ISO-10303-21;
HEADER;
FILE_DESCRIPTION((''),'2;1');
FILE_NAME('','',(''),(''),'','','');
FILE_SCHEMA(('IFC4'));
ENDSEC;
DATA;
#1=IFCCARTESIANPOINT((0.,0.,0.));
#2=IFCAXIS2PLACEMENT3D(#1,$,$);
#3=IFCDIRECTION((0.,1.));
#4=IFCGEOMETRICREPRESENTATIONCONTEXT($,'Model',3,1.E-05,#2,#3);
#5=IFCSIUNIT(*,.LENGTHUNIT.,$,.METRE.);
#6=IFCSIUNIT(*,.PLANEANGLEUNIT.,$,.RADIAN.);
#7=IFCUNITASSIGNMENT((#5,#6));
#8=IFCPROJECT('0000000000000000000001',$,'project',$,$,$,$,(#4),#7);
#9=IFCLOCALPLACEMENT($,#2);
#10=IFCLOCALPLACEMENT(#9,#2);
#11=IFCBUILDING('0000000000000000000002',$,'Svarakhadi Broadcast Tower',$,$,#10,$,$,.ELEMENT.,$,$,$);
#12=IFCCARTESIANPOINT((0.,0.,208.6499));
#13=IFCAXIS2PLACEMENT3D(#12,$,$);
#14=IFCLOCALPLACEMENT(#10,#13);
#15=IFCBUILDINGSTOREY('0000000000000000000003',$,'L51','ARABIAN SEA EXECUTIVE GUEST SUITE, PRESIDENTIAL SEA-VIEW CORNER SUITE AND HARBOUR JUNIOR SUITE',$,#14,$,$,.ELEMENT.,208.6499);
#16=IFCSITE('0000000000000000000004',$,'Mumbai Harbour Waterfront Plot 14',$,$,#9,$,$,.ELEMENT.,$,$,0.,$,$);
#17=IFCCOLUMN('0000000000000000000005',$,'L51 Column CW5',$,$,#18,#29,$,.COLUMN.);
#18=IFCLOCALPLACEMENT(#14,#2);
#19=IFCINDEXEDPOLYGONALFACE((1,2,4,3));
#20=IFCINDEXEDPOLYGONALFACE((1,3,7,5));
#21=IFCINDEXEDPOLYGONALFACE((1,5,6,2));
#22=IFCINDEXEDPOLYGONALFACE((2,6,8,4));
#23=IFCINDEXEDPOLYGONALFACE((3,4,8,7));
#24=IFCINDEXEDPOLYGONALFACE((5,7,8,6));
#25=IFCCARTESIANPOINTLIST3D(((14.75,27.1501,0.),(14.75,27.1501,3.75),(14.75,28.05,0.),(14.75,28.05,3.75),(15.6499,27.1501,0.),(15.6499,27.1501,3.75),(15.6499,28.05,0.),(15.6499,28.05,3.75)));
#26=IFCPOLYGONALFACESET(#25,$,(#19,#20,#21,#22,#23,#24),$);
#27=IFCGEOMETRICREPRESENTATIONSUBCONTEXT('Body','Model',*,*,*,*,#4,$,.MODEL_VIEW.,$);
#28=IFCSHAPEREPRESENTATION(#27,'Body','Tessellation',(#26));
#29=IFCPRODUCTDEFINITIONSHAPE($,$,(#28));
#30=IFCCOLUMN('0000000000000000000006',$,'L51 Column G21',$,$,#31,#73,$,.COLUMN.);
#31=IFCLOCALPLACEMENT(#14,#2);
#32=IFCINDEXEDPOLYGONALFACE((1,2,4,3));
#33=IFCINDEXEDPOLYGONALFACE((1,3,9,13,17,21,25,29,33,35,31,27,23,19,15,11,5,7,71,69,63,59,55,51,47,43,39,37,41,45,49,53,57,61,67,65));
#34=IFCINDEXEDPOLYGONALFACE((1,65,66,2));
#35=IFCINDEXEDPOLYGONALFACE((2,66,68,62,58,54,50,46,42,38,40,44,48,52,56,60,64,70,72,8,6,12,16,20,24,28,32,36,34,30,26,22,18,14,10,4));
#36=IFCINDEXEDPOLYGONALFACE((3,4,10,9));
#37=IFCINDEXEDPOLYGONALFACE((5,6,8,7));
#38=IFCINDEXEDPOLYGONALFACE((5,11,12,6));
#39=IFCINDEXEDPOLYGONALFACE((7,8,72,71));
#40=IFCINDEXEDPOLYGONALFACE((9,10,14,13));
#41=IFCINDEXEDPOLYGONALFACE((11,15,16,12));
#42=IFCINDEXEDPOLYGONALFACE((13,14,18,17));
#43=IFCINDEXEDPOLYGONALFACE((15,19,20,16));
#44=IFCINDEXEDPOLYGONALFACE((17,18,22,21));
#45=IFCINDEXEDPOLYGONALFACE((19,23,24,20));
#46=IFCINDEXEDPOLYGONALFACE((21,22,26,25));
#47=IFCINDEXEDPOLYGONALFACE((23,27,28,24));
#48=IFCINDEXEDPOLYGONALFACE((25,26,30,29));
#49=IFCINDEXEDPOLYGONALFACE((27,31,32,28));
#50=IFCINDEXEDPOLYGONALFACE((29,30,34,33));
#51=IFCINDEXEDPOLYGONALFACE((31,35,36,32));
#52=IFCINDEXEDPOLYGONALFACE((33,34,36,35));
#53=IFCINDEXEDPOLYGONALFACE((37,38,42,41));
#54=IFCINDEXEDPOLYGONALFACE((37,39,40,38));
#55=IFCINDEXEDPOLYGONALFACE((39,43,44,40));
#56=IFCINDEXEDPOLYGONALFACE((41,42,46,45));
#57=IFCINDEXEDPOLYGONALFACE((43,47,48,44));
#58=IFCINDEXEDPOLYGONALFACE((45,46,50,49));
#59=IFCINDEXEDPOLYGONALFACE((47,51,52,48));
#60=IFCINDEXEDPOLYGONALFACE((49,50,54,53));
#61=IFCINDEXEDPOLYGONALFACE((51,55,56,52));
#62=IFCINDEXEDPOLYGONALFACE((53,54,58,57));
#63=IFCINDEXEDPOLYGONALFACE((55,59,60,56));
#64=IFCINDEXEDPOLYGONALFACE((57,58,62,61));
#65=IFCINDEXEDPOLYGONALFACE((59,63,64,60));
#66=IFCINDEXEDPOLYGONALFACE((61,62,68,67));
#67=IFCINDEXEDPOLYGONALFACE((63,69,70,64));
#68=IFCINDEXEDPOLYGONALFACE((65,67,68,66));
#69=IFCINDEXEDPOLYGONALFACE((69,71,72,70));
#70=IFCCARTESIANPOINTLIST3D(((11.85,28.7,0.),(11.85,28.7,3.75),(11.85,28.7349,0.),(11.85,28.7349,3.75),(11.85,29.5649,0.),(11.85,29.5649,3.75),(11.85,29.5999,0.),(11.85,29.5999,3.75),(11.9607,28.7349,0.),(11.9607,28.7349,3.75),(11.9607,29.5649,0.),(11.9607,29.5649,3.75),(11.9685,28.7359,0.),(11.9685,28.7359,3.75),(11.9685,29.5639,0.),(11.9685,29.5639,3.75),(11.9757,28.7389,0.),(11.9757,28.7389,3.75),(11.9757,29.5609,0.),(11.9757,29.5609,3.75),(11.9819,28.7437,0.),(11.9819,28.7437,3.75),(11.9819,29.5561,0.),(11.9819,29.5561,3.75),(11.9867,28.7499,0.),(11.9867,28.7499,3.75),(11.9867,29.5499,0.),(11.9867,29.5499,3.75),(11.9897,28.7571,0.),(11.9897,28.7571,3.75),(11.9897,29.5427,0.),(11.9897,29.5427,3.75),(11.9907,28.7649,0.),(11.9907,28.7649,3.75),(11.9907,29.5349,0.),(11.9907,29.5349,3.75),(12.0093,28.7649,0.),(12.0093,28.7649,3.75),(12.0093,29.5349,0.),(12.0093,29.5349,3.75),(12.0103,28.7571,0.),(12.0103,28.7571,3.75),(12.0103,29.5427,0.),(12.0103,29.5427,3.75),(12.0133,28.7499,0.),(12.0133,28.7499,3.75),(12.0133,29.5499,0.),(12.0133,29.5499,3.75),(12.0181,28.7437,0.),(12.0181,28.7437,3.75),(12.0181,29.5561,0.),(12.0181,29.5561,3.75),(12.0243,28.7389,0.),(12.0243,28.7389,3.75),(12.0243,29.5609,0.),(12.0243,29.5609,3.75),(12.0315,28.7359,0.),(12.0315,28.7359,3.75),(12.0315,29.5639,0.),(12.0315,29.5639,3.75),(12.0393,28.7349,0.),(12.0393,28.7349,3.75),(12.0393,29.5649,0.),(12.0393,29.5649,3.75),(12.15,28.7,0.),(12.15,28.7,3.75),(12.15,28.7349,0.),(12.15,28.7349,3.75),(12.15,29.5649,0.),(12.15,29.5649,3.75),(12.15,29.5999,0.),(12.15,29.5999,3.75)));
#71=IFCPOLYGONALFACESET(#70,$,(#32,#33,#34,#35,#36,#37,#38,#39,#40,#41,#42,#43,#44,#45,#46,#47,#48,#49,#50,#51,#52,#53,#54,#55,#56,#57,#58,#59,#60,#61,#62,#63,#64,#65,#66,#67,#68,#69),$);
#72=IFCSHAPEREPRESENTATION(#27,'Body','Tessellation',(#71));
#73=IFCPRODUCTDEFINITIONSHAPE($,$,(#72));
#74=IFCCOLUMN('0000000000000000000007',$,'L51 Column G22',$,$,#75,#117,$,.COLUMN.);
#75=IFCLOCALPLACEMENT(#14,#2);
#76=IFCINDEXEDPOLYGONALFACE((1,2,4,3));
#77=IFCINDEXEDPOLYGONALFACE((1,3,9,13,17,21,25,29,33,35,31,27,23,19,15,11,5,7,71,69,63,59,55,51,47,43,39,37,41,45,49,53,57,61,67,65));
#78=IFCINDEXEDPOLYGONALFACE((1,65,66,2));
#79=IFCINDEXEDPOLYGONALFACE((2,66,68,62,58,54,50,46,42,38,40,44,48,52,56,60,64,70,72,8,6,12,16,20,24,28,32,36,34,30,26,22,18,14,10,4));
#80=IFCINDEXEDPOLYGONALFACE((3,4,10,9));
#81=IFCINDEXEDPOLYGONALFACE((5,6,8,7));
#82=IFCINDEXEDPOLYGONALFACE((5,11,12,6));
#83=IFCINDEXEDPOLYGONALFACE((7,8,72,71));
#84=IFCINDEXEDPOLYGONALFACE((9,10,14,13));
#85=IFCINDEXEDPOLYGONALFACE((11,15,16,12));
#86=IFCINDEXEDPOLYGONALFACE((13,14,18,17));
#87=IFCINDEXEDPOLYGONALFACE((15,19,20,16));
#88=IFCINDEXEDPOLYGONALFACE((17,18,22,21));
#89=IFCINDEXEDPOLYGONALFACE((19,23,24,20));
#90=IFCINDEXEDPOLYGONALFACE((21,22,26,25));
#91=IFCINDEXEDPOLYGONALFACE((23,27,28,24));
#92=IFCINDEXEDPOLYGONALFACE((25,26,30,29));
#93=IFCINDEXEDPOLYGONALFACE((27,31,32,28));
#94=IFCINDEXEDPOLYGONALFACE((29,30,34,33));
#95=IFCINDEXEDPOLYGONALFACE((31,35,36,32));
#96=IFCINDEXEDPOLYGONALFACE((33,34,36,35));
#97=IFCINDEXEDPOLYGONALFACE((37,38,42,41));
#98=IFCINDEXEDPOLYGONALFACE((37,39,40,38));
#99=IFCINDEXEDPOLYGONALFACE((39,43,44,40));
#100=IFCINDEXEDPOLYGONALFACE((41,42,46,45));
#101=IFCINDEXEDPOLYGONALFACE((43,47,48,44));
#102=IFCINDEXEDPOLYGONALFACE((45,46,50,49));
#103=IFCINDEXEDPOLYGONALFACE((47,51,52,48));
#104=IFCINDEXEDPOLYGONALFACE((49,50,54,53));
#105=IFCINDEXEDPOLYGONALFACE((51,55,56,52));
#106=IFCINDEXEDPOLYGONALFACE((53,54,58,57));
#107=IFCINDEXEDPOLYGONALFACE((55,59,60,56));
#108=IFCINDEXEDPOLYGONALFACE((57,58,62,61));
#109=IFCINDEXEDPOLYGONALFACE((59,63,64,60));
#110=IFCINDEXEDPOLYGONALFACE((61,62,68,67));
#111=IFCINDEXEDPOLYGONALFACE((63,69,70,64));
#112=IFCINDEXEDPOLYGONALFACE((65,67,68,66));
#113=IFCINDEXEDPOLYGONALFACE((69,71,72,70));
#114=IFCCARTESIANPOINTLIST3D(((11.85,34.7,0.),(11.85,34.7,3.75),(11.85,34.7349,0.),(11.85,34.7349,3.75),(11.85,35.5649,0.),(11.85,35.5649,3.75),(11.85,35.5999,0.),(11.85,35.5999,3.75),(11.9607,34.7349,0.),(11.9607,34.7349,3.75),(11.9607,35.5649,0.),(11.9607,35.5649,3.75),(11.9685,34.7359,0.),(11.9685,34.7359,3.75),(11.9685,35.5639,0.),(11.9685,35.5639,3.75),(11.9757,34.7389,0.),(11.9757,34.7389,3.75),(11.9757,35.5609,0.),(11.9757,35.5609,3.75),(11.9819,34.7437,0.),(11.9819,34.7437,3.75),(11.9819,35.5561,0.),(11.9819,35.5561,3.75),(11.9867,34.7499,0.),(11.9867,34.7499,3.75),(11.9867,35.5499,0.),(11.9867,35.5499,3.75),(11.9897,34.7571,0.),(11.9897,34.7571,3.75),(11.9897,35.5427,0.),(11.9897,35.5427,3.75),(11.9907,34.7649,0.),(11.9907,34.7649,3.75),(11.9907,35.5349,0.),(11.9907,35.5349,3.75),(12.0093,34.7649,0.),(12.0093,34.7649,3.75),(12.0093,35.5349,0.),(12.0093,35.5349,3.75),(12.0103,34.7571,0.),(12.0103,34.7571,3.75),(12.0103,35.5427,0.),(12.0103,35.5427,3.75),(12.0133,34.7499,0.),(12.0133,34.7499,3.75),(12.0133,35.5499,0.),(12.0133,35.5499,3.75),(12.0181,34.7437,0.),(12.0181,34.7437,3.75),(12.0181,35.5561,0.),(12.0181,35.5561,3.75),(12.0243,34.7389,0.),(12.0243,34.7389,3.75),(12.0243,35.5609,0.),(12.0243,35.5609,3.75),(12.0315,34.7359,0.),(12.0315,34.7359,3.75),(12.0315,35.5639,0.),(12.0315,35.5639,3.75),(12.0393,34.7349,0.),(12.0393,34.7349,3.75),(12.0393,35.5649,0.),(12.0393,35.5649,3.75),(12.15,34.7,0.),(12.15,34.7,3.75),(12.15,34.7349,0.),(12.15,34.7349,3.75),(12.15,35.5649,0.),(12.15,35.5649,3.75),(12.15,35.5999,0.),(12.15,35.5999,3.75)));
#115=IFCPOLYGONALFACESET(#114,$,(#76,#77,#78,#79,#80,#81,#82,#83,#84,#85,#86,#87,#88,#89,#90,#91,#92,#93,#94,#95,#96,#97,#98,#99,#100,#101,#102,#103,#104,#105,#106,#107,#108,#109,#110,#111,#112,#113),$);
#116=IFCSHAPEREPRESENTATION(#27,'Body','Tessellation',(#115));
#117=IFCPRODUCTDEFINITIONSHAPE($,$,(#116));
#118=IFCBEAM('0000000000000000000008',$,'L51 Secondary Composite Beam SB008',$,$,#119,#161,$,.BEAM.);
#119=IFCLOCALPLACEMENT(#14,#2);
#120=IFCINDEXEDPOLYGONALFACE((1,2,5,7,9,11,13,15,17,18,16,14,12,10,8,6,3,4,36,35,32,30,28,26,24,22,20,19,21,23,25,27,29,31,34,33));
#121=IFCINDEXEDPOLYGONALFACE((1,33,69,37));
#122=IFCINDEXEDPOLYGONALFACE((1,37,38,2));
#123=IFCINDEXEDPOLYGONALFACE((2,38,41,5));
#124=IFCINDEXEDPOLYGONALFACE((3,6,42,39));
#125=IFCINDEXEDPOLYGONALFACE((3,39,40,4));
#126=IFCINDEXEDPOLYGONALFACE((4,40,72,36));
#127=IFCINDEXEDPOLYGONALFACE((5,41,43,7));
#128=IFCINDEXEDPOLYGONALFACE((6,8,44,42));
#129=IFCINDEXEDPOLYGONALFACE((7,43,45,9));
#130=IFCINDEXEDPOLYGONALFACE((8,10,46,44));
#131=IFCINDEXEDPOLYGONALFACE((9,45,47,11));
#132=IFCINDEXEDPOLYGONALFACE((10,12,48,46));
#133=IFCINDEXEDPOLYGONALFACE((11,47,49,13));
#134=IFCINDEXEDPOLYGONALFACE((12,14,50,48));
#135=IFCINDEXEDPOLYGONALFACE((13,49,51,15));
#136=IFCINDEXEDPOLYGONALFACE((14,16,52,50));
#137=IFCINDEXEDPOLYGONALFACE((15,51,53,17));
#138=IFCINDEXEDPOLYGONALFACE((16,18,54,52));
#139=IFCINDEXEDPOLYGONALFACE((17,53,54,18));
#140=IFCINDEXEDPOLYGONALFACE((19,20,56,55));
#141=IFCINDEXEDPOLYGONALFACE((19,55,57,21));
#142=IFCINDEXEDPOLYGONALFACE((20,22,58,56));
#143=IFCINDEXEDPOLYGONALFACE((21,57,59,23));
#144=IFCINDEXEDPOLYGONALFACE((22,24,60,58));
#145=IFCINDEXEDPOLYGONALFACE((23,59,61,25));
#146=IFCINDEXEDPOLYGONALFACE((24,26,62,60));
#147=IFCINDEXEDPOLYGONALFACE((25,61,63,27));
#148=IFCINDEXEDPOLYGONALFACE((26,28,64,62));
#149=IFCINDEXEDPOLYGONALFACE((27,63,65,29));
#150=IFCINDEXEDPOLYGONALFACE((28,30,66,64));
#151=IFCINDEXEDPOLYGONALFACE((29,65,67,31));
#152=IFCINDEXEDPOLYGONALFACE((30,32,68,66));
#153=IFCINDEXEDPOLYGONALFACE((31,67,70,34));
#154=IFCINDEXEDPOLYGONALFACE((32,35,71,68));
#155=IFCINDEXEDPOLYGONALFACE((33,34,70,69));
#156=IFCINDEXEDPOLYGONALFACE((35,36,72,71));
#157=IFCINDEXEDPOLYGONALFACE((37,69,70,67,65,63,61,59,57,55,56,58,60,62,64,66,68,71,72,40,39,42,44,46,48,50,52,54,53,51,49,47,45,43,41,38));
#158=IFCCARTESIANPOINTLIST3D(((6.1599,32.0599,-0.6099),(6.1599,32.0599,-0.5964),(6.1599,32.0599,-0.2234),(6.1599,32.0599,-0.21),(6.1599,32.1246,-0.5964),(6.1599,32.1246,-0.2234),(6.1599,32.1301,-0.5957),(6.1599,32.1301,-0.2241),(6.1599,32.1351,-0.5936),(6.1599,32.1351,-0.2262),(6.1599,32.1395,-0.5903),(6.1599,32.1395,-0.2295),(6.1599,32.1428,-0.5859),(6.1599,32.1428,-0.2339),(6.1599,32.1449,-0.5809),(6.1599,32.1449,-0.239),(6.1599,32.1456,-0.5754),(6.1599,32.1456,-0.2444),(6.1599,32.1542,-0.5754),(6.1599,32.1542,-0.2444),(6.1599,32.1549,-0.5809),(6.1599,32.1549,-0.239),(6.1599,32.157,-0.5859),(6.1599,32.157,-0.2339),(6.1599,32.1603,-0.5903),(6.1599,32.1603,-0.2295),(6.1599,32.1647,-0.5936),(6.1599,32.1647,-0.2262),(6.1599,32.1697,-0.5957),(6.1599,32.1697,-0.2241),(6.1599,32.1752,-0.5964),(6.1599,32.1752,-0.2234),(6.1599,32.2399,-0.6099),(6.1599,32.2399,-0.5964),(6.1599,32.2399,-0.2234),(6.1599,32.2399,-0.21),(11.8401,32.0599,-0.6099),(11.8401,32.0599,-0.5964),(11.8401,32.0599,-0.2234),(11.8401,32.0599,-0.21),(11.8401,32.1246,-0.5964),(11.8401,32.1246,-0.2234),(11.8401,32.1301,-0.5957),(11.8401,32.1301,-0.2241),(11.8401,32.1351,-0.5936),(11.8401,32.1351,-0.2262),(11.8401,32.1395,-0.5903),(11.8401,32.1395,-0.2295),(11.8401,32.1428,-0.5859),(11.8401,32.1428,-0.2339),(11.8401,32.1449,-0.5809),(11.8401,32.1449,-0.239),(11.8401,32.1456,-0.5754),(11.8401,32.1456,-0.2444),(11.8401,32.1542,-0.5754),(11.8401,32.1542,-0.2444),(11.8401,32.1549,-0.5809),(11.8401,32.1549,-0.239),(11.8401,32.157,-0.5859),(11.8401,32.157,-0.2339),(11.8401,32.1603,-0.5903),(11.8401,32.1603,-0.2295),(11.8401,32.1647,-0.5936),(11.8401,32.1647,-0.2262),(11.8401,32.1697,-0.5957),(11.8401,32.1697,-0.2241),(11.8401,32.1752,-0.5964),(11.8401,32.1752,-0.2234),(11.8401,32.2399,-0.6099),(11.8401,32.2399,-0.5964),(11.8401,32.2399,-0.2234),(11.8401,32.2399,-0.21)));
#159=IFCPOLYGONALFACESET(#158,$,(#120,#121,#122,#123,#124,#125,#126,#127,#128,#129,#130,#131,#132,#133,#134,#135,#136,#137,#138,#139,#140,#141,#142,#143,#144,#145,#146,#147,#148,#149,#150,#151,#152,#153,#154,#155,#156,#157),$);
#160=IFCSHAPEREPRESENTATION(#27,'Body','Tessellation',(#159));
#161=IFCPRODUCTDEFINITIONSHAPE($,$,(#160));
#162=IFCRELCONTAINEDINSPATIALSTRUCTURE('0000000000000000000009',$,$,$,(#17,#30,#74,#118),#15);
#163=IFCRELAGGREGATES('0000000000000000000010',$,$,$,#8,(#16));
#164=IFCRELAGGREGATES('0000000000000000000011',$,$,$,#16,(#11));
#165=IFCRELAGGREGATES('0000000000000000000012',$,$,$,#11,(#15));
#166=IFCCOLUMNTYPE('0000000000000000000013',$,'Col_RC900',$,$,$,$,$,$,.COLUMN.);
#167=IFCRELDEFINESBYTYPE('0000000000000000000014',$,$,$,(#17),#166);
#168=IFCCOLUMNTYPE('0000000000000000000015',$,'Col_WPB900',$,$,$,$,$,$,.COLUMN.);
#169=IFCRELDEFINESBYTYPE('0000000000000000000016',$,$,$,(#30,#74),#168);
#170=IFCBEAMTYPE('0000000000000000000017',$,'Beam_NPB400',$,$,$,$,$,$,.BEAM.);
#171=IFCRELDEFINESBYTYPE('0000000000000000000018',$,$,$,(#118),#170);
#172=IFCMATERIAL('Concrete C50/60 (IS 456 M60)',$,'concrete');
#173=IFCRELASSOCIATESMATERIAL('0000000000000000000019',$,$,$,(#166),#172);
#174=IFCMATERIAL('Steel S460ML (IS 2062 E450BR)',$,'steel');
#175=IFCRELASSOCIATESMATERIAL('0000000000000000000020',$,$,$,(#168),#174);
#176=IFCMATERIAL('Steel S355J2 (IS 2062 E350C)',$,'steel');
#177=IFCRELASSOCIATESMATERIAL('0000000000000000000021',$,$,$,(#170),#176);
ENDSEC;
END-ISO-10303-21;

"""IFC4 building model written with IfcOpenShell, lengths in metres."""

from ifc_helpers import new_model, si_unit, direction, frame, origin, origin_2d, place, context, subcontext, project, spatial, rectangle, i_section, extrude, material, material_profile, profile_set, type_object, element, save


model = new_model("IFC4")

# Units and contexts
model_context = context("Model", 3, precision=1e-05, world=origin(), true_north=direction((0.0, 1.0)))
body_context = subcontext(model_context, "Body", "Model", "MODEL_VIEW")
ifc_project = project(units=[si_unit("LENGTHUNIT", "METRE"), si_unit("PLANEANGLEUNIT", "RADIAN")], contexts=[model_context])

# Site, building, storey
site_placement = place(None, origin())
site = spatial("IfcSite", under=ifc_project, at=site_placement, Name="Mumbai Harbour Waterfront Plot 14", CompositionType="ELEMENT", RefElevation=0.0)
building_placement = place(site_placement, origin())
building = spatial("IfcBuilding", under=site, at=building_placement, Name="Svarakhadi Broadcast Tower", CompositionType="ELEMENT")
storey_placement = place(building_placement, frame((0.0, 0.0, 208.6499)))
storey = spatial("IfcBuildingStorey", under=building, at=storey_placement, Name="L51", Description="ARABIAN SEA EXECUTIVE GUEST SUITE, PRESIDENTIAL SEA-VIEW CORNER SUITE AND HARBOUR JUNIOR SUITE", CompositionType="ELEMENT", Elevation=208.6499)

# Columns
ifc_material_1 = material(Name="Concrete C50/60 (IS 456 M60)", Category="concrete")
ifc_material_profile_1 = material_profile(ifc_material_1, rectangle(XDim=0.8999, YDim=0.8999, at=origin_2d()), Name="RC 900x900")
ifc_profile_set_1 = profile_set([ifc_material_profile_1], Name="Concrete C50/60 (IS 456 M60)")
column_type_1 = type_object("IfcColumnType", Name="Col_RC900", PredefinedType="COLUMN", material=ifc_profile_set_1)
column_placement = place(storey_placement, frame((15.2, 27.6001, 0.0), z_axis=(0.0, 0.0, 1.0), x_axis=(1.0, 0.0, 0.0)))
element("IfcColumn", 1, at=column_placement, inside=storey, type_object=column_type_1, Name="L51 Column CW5", PredefinedType="COLUMN", context=body_context, shape_type="SweptSolid", body=[
    extrude(rectangle(XDim=0.8999, YDim=0.8999, at=origin_2d()), origin(), (0.0, 0.0, 1.0), 3.75),
])
ifc_material_2 = material(Name="Steel S460ML (IS 2062 E450BR)", Category="steel")
ifc_material_profile_2 = material_profile(ifc_material_2, i_section(OverallWidth=0.3, OverallDepth=0.8999, WebThickness=0.0186, FlangeThickness=0.0349, FilletRadius=0.03, at=origin_2d()), Name="WPB 900x300x291")
ifc_profile_set_2 = profile_set([ifc_material_profile_2], Name="Steel S460ML (IS 2062 E450BR)")
column_type_2 = type_object("IfcColumnType", Name="Col_WPB900", PredefinedType="COLUMN", material=ifc_profile_set_2)
for number, where, z_axis, x_axis, name in (
    (2, (12.0, 29.1499, 0.0), (0.0, 0.0, 1.0), (1.0, 0.0, 0.0), "L51 Column G21"),
    (3, (12.0, 35.1499, 0.0), (0.0, 0.0, 1.0), (1.0, 0.0, 0.0), "L51 Column G22"),
):
    element("IfcColumn", number, at=place(storey_placement, frame(where, z_axis=z_axis, x_axis=x_axis)), inside=storey, type_object=column_type_2, Name=name, PredefinedType="COLUMN", context=body_context, shape_type="SweptSolid", body=[
        extrude(i_section(OverallWidth=0.3, OverallDepth=0.8999, WebThickness=0.0186, FlangeThickness=0.0349, FilletRadius=0.03, at=origin_2d()), origin(), (0.0, 0.0, 1.0), 3.75),
    ])

# Beam
ifc_material_3 = material(Name="Steel S355J2 (IS 2062 E350C)", Category="steel")
ifc_material_profile_3 = material_profile(ifc_material_3, i_section(OverallWidth=0.1799, OverallDepth=0.3999, WebThickness=0.0085, FlangeThickness=0.0134, FilletRadius=0.021, at=origin_2d()), Name="NPB 400x180x66")
ifc_profile_set_3 = profile_set([ifc_material_profile_3], Name="Steel S355J2 (IS 2062 E350C)")
beam_type_1 = type_object("IfcBeamType", Name="Beam_NPB400", PredefinedType="BEAM", material=ifc_profile_set_3)
for number, where, z_axis, x_axis, name in (
    (4, (6.1599, 32.1499, -0.4099), (1.0, 0.0, 0.0), (0.0, 1.0, 0.0), "L51 Secondary Composite Beam SB008"),
):
    element("IfcBeam", number, at=place(storey_placement, frame(where, z_axis=z_axis, x_axis=x_axis)), inside=storey, type_object=beam_type_1, Name=name, PredefinedType="BEAM", context=body_context, shape_type="SweptSolid", body=[
        extrude(i_section(OverallWidth=0.1799, OverallDepth=0.3999, WebThickness=0.0085, FlangeThickness=0.0134, FilletRadius=0.021, at=origin_2d()), origin(), (0.0, 0.0, 1.0), 5.6802),
    ])

save(model, "model.ifc")
